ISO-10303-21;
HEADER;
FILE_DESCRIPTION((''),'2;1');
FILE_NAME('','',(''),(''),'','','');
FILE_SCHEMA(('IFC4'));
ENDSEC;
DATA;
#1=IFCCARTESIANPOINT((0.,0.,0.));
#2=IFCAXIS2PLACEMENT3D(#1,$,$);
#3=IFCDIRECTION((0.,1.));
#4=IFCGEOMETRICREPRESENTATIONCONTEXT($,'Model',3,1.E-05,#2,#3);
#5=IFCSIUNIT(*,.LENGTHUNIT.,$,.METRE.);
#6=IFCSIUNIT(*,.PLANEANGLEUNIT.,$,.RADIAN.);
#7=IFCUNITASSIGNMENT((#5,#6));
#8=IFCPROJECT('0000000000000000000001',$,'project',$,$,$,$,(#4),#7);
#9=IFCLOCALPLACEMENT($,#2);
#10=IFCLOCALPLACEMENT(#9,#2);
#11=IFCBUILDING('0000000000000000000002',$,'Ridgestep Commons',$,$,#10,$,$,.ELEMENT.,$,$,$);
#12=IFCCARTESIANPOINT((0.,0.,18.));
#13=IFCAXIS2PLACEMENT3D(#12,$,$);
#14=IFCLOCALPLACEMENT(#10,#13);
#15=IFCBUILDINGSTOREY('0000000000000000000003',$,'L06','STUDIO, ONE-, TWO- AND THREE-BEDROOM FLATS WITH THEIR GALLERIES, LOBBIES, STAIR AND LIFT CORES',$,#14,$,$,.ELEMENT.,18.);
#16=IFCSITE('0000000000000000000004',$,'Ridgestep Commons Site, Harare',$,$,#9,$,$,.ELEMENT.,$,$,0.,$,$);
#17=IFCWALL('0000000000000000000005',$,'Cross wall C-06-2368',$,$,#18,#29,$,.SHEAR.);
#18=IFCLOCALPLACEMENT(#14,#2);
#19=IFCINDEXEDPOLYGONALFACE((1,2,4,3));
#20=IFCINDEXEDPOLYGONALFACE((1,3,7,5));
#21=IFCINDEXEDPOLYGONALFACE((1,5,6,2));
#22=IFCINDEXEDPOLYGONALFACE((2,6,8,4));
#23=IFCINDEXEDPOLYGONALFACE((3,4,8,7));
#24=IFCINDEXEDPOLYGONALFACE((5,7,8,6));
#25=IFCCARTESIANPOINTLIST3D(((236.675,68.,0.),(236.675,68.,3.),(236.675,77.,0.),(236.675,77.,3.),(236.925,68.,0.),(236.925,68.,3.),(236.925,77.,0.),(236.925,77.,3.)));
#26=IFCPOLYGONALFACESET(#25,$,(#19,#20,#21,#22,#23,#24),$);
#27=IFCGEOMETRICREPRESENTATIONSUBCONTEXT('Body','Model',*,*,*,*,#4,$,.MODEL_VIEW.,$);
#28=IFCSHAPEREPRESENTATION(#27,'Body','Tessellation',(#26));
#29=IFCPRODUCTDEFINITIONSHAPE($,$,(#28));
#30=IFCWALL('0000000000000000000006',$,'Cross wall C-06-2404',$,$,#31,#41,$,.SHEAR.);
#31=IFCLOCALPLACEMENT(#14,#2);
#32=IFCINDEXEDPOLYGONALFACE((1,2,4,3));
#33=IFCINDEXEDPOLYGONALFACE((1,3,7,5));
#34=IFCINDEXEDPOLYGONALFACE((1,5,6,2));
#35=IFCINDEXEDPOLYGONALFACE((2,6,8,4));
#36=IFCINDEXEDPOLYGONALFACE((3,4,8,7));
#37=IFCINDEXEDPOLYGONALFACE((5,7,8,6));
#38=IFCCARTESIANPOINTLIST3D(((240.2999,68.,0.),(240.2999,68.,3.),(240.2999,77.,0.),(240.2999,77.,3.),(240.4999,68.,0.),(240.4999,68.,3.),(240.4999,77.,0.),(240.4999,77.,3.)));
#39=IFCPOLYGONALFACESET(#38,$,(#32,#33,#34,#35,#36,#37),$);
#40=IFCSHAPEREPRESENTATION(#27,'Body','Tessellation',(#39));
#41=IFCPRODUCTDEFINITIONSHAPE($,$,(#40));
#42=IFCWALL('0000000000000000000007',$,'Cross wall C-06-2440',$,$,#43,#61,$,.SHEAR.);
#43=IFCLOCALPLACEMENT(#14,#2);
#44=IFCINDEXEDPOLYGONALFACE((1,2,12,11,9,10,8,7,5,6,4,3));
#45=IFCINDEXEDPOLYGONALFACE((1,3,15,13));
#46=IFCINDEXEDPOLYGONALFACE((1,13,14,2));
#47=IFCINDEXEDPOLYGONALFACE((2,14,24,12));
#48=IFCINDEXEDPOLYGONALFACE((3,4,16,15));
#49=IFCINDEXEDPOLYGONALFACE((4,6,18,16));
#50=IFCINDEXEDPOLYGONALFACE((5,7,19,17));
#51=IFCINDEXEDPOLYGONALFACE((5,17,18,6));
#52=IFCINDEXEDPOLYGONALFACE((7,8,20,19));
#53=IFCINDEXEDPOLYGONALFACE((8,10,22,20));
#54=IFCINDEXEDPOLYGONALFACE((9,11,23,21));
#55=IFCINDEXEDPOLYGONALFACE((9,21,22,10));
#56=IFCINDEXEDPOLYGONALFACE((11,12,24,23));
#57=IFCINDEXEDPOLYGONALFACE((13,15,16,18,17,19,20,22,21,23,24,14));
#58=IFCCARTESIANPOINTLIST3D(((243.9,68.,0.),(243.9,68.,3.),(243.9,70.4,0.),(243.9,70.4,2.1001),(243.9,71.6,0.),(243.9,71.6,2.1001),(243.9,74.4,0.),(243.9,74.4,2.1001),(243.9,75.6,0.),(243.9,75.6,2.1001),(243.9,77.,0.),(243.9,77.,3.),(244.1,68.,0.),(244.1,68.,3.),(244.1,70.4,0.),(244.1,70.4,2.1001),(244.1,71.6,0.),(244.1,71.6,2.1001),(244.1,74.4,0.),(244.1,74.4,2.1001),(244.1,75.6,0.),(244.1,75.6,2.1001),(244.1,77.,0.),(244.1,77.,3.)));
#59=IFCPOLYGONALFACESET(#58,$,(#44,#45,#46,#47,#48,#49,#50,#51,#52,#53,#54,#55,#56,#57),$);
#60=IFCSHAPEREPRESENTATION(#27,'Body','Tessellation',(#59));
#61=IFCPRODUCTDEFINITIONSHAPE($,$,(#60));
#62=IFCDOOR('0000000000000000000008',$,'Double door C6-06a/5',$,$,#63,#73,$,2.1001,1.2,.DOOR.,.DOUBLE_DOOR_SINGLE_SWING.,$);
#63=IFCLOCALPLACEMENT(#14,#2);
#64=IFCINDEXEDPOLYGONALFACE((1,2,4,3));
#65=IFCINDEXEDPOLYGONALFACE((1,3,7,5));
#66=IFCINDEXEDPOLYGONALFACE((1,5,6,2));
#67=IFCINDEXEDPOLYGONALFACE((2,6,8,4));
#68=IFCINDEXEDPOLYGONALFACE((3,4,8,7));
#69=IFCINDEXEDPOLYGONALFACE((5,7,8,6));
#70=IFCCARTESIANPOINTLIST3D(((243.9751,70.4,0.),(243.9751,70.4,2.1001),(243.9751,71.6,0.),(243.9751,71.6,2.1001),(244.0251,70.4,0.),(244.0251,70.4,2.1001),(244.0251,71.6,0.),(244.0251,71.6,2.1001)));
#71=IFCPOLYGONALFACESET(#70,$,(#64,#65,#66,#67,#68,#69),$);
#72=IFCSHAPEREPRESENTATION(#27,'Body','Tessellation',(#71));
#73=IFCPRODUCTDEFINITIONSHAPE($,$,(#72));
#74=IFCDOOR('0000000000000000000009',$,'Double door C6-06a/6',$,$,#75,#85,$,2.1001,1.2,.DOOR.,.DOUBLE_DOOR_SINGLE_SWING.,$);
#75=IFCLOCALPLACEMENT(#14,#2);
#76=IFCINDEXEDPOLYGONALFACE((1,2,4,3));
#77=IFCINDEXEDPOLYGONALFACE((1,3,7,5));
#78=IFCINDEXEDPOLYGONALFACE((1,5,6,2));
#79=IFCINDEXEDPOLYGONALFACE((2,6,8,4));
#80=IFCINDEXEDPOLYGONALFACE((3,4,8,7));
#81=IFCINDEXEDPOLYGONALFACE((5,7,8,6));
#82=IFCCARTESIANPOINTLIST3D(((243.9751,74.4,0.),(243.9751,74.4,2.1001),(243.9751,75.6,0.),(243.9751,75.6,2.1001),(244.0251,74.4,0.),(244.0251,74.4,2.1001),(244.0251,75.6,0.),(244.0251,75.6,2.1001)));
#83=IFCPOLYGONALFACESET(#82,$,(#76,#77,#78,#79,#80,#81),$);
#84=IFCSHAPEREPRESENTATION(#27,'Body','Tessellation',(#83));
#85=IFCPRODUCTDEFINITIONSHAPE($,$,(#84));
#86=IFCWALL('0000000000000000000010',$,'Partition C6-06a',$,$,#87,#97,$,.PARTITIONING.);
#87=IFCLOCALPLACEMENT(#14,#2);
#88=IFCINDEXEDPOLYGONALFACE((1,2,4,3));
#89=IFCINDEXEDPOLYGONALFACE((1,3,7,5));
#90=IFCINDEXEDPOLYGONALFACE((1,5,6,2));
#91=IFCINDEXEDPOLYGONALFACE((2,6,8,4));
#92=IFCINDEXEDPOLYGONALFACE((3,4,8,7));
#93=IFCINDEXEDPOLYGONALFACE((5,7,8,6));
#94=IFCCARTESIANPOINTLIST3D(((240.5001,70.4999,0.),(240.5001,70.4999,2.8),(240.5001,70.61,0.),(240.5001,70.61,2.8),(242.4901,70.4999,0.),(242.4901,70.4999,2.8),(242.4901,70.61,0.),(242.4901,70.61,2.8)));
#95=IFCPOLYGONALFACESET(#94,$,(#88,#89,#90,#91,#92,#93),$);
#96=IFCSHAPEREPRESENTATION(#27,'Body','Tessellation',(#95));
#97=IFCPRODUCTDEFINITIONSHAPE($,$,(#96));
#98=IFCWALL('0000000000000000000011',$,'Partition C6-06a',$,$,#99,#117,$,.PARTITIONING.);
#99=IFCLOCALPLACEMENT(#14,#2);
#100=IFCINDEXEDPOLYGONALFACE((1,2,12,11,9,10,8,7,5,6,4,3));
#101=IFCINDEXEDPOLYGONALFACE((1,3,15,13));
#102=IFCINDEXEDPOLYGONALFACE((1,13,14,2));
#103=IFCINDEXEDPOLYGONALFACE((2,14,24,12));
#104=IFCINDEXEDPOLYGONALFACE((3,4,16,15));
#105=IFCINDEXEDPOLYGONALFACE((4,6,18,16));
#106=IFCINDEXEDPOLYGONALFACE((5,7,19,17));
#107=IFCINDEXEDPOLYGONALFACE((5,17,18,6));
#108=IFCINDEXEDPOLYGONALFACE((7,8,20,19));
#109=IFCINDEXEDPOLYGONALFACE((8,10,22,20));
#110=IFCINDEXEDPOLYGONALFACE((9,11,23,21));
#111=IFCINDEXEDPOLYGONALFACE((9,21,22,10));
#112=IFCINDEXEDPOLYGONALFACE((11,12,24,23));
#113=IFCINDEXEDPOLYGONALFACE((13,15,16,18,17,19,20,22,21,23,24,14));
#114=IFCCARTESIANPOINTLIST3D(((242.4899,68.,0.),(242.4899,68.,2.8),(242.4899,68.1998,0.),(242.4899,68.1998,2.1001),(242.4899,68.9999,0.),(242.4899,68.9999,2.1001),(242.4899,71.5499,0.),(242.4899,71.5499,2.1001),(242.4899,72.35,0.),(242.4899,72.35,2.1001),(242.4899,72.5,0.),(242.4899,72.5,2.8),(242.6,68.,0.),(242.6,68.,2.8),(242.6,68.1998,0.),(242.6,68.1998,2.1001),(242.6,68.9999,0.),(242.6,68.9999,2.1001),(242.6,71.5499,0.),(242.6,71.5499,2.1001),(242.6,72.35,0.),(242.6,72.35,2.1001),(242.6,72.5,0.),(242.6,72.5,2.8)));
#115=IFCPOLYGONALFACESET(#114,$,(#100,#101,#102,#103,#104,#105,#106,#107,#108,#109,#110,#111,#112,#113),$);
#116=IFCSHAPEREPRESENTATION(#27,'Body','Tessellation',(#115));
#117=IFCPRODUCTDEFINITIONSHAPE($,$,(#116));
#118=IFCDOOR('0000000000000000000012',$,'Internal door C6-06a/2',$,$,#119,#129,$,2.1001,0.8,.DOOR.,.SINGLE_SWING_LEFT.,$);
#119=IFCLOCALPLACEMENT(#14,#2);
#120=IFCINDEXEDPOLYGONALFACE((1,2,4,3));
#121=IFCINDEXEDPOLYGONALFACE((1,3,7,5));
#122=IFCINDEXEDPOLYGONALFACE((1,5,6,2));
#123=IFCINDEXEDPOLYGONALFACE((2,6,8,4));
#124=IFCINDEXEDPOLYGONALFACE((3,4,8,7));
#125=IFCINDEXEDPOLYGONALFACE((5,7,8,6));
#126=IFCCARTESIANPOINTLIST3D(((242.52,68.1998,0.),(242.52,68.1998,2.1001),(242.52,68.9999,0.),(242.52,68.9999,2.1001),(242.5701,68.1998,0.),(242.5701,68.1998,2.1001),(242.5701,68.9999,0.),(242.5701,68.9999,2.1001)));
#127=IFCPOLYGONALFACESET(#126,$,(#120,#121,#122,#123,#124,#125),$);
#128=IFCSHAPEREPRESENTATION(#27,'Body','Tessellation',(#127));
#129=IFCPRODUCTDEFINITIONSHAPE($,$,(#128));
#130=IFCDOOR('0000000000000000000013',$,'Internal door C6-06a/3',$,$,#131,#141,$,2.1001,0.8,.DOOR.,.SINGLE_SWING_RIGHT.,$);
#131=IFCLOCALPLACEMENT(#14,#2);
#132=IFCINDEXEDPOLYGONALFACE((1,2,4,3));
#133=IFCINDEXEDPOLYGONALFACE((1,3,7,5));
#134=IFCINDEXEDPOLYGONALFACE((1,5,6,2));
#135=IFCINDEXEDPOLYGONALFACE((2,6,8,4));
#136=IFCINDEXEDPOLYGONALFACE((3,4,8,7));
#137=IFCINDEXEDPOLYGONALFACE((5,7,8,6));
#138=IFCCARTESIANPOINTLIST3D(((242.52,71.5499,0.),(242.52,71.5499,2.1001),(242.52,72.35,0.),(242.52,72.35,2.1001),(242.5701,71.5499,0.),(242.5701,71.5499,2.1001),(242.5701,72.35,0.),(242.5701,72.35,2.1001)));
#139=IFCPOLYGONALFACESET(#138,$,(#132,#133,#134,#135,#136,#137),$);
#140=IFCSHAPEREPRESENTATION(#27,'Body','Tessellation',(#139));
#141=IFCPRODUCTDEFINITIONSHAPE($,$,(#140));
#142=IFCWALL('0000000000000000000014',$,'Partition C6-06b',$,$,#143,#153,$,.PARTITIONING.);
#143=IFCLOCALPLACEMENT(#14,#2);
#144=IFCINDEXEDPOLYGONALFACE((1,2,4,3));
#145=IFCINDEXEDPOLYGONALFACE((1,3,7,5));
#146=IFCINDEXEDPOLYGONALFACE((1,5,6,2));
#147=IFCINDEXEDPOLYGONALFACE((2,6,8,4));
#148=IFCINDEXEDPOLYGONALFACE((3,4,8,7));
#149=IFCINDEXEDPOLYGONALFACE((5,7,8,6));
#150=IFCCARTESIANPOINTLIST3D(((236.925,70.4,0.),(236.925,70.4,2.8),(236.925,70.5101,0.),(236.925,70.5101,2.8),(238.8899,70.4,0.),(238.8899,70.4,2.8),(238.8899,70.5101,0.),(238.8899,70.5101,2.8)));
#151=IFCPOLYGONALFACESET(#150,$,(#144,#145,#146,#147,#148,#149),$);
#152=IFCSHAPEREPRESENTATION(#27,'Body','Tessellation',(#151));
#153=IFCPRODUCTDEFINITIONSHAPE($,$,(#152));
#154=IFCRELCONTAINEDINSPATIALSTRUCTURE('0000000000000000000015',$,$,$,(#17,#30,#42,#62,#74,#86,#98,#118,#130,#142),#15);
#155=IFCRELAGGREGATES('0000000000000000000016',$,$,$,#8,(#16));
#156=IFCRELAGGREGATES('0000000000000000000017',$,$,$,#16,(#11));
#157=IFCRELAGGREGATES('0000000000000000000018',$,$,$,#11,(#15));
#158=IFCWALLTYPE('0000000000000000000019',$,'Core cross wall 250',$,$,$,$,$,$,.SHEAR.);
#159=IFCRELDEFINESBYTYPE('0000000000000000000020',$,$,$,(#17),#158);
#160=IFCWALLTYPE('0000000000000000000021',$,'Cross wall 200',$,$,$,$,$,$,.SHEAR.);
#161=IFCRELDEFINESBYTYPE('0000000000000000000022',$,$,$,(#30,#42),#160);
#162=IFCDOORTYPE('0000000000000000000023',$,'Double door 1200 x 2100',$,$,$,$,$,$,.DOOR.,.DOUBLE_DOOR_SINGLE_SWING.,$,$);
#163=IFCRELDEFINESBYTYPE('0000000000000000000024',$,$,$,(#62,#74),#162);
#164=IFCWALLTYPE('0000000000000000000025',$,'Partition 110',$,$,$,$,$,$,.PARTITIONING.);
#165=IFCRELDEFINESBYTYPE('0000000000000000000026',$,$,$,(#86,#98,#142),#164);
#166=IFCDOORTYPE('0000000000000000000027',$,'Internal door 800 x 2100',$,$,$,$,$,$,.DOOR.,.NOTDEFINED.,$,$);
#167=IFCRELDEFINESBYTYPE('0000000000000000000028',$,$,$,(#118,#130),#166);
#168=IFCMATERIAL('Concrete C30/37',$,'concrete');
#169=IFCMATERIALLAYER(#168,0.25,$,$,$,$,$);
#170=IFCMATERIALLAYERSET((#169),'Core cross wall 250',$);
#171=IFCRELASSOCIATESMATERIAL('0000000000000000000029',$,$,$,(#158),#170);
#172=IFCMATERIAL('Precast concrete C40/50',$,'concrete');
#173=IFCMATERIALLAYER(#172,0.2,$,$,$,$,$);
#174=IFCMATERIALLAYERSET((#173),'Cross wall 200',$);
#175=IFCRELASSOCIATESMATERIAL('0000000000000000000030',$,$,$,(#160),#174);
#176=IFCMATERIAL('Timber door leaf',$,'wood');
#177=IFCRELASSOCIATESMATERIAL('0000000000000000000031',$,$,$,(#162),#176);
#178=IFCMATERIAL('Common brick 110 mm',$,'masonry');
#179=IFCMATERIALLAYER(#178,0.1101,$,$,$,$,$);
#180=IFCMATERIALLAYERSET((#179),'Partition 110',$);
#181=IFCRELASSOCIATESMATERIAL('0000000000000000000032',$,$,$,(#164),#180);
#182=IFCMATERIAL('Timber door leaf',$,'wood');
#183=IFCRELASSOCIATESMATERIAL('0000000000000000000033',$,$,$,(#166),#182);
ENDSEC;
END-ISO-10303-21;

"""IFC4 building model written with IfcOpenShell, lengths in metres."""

from ifc_helpers import new_model, si_unit, direction, frame, frame_2d, origin, place, context, subcontext, project, spatial, rectangle, extrude, material, layer, layer_set, type_object, element, fill, save


model = new_model("IFC4")

# Units and contexts
model_context = context("Model", 3, precision=1e-05, world=origin(), true_north=direction((0.0, 1.0)))
body_context = subcontext(model_context, "Body", "Model", "MODEL_VIEW")
ifc_project = project(units=[si_unit("LENGTHUNIT", "METRE"), si_unit("PLANEANGLEUNIT", "RADIAN")], contexts=[model_context])

# Site, building, storey
site_placement = place(None, origin())
site = spatial("IfcSite", under=ifc_project, at=site_placement, Name="Ridgestep Commons Site, Harare", CompositionType="ELEMENT", RefElevation=0.0)
building_placement = place(site_placement, origin())
building = spatial("IfcBuilding", under=site, at=building_placement, Name="Ridgestep Commons", CompositionType="ELEMENT")
storey_placement = place(building_placement, frame((0.0, 0.0, 18.0)))
storey = spatial("IfcBuildingStorey", under=building, at=storey_placement, Name="L06", Description="STUDIO, ONE-, TWO- AND THREE-BEDROOM FLATS WITH THEIR GALLERIES, LOBBIES, STAIR AND LIFT CORES", CompositionType="ELEMENT", Elevation=18.0)

# Walls
ifc_material_1 = material(Name="Concrete C30/37", Category="concrete")
ifc_layer_1 = layer(ifc_material_1, 0.25)
ifc_layer_set_1 = layer_set([ifc_layer_1], Name="Core cross wall 250")
wall_type_1 = type_object("IfcWallType", Name="Core cross wall 250", PredefinedType="SHEAR", material=ifc_layer_set_1)
wall_1_placement = place(storey_placement, frame((236.8, 68.0, 0.0), z_axis=(0.0, 0.0, 1.0), x_axis=(0.0, 1.0, 0.0)))
element("IfcWall", 1, at=wall_1_placement, inside=storey, type_object=wall_type_1, Name="Cross wall C-06-2368", PredefinedType="SHEAR", context=body_context, shape_type="SweptSolid", body=[
    extrude(rectangle(XDim=9.0, YDim=0.25, at=frame_2d((4.5, 0.0))), origin(), (0.0, 0.0, 1.0), 3.0),
])
ifc_material_2 = material(Name="Precast concrete C40/50", Category="concrete")
ifc_layer_2 = layer(ifc_material_2, 0.2)
ifc_layer_set_2 = layer_set([ifc_layer_2], Name="Cross wall 200")
wall_type_2 = type_object("IfcWallType", Name="Cross wall 200", PredefinedType="SHEAR", material=ifc_layer_set_2)
wall_2_placement = place(storey_placement, frame((240.3999, 68.0, 0.0), z_axis=(0.0, 0.0, 1.0), x_axis=(0.0, 1.0, 0.0)))
element("IfcWall", 2, at=wall_2_placement, inside=storey, type_object=wall_type_2, Name="Cross wall C-06-2404", PredefinedType="SHEAR", context=body_context, shape_type="SweptSolid", body=[
    extrude(rectangle(XDim=9.0, YDim=0.2, at=frame_2d((4.5, 0.0))), origin(), (0.0, 0.0, 1.0), 3.0),
])

# Wall, openings, doors
wall_3_placement = place(storey_placement, frame((244.0, 68.0, 0.0), z_axis=(0.0, 0.0, 1.0), x_axis=(0.0, 1.0, 0.0)))
wall_3 = element("IfcWall", 3, at=wall_3_placement, inside=storey, type_object=wall_type_2, Name="Cross wall C-06-2440", PredefinedType="SHEAR", context=body_context, shape_type="SweptSolid", body=[
    extrude(rectangle(XDim=9.0, YDim=0.2, at=frame_2d((4.5, 0.0))), origin(), (0.0, 0.0, 1.0), 3.0),
])
opening_1_placement = place(wall_3_placement, frame((2.3999, 0.0, 0.0)))
opening_1 = element("IfcOpeningElement", 4, at=opening_1_placement, cuts=wall_3, PredefinedType="OPENING", context=body_context, shape_type="SweptSolid", body=[
    extrude(rectangle(XDim=1.2, YDim=2.1001, at=frame_2d((0.6001, 1.05))), frame((0.0, 0.1099, 0.0), z_axis=(0.0, -1.0, 0.0), x_axis=(1.0, 0.0, 0.0)), (0.0, 0.0, 1.0), 0.22),
])
opening_2_placement = place(wall_3_placement, frame((6.3999, 0.0, 0.0)))
opening_2 = element("IfcOpeningElement", 5, at=opening_2_placement, cuts=wall_3, PredefinedType="OPENING", context=body_context, shape_type="SweptSolid", body=[
    extrude(rectangle(XDim=1.2, YDim=2.1001, at=frame_2d((0.6001, 1.05))), frame((0.0, 0.1099, 0.0), z_axis=(0.0, -1.0, 0.0), x_axis=(1.0, 0.0, 0.0)), (0.0, 0.0, 1.0), 0.22),
])
ifc_material_3 = material(Name="Timber door leaf", Category="wood")
door_type_1 = type_object("IfcDoorType", Name="Double door 1200 x 2100", OperationType="DOUBLE_DOOR_SINGLE_SWING", PredefinedType="DOOR", material=ifc_material_3)
door_1_placement = place(opening_1_placement, origin())
door_1 = element("IfcDoor", 6, at=door_1_placement, inside=storey, type_object=door_type_1, Name="Double door C6-06a/5", OperationType="DOUBLE_DOOR_SINGLE_SWING", OverallHeight=2.1001, OverallWidth=1.2, PredefinedType="DOOR", context=body_context, shape_type="SweptSolid", body=[
    extrude(rectangle(XDim=1.2, YDim=2.1001, at=frame_2d((0.6001, 1.05))), frame((0.0, 0.0249, 0.0), z_axis=(0.0, -1.0, 0.0), x_axis=(1.0, 0.0, 0.0)), (0.0, 0.0, 1.0), 0.05),
])
fill(opening_1, door_1)
door_2_placement = place(opening_2_placement, origin())
door_2 = element("IfcDoor", 7, at=door_2_placement, inside=storey, type_object=door_type_1, Name="Double door C6-06a/6", OperationType="DOUBLE_DOOR_SINGLE_SWING", OverallHeight=2.1001, OverallWidth=1.2, PredefinedType="DOOR", context=body_context, shape_type="SweptSolid", body=[
    extrude(rectangle(XDim=1.2, YDim=2.1001, at=frame_2d((0.6001, 1.05))), frame((0.0, 0.0249, 0.0), z_axis=(0.0, -1.0, 0.0), x_axis=(1.0, 0.0, 0.0)), (0.0, 0.0, 1.0), 0.05),
])
fill(opening_2, door_2)

# Wall
ifc_material_4 = material(Name="Common brick 110 mm", Category="masonry")
ifc_layer_3 = layer(ifc_material_4, 0.1101)
ifc_layer_set_3 = layer_set([ifc_layer_3], Name="Partition 110")
wall_type_3 = type_object("IfcWallType", Name="Partition 110", PredefinedType="PARTITIONING", material=ifc_layer_set_3)
wall_4_placement = place(storey_placement, frame((240.5, 70.5549, 0.0), z_axis=(0.0, 0.0, 1.0), x_axis=(1.0, 0.0, 0.0)))
element("IfcWall", 8, at=wall_4_placement, inside=storey, type_object=wall_type_3, Name="Partition C6-06a", PredefinedType="PARTITIONING", context=body_context, shape_type="SweptSolid", body=[
    extrude(rectangle(XDim=1.99, YDim=0.1101, at=frame_2d((0.9951, 0.0))), origin(), (0.0, 0.0, 1.0), 2.8),
])

# Wall, openings, doors
wall_5_placement = place(storey_placement, frame((242.5449, 68.0, 0.0), z_axis=(0.0, 0.0, 1.0), x_axis=(0.0, 1.0, 0.0)))
wall_5 = element("IfcWall", 9, at=wall_5_placement, inside=storey, type_object=wall_type_3, Name="Partition C6-06a", PredefinedType="PARTITIONING", context=body_context, shape_type="SweptSolid", body=[
    extrude(rectangle(XDim=4.5, YDim=0.1101, at=frame_2d((2.25, 0.0))), origin(), (0.0, 0.0, 1.0), 2.8),
])
opening_3_placement = place(wall_5_placement, frame((0.2, 0.0, 0.0)))
opening_3 = element("IfcOpeningElement", 10, at=opening_3_placement, cuts=wall_5, PredefinedType="OPENING", context=body_context, shape_type="SweptSolid", body=[
    extrude(rectangle(XDim=0.8, YDim=2.1001, at=frame_2d((0.3999, 1.05))), frame((0.0, 0.0649, 0.0), z_axis=(0.0, -1.0, 0.0), x_axis=(1.0, 0.0, 0.0)), (0.0, 0.0, 1.0), 0.1301),
])
opening_4_placement = place(wall_5_placement, frame((3.55, 0.0, 0.0)))
opening_4 = element("IfcOpeningElement", 11, at=opening_4_placement, cuts=wall_5, PredefinedType="OPENING", context=body_context, shape_type="SweptSolid", body=[
    extrude(rectangle(XDim=0.8, YDim=2.1001, at=frame_2d((0.3999, 1.05))), frame((0.0, 0.0649, 0.0), z_axis=(0.0, -1.0, 0.0), x_axis=(1.0, 0.0, 0.0)), (0.0, 0.0, 1.0), 0.1301),
])
ifc_material_5 = material(Name="Timber door leaf", Category="wood")
door_type_2 = type_object("IfcDoorType", Name="Internal door 800 x 2100", OperationType="NOTDEFINED", PredefinedType="DOOR", material=ifc_material_5)
door_3_placement = place(opening_3_placement, origin())
door_3 = element("IfcDoor", 12, at=door_3_placement, inside=storey, type_object=door_type_2, Name="Internal door C6-06a/2", OperationType="SINGLE_SWING_LEFT", OverallHeight=2.1001, OverallWidth=0.8, PredefinedType="DOOR", context=body_context, shape_type="SweptSolid", body=[
    extrude(rectangle(XDim=0.8, YDim=2.1001, at=frame_2d((0.3999, 1.05))), frame((0.0, 0.0249, 0.0), z_axis=(0.0, -1.0, 0.0), x_axis=(1.0, 0.0, 0.0)), (0.0, 0.0, 1.0), 0.05),
])
fill(opening_3, door_3)
door_4_placement = place(opening_4_placement, origin())
door_4 = element("IfcDoor", 13, at=door_4_placement, inside=storey, type_object=door_type_2, Name="Internal door C6-06a/3", OperationType="SINGLE_SWING_RIGHT", OverallHeight=2.1001, OverallWidth=0.8, PredefinedType="DOOR", context=body_context, shape_type="SweptSolid", body=[
    extrude(rectangle(XDim=0.8, YDim=2.1001, at=frame_2d((0.3999, 1.05))), frame((0.0, 0.0249, 0.0), z_axis=(0.0, -1.0, 0.0), x_axis=(1.0, 0.0, 0.0)), (0.0, 0.0, 1.0), 0.05),
])
fill(opening_4, door_4)

# Wall
wall_6_placement = place(storey_placement, frame((236.925, 70.4551, 0.0), z_axis=(0.0, 0.0, 1.0), x_axis=(1.0, 0.0, 0.0)))
element("IfcWall", 14, at=wall_6_placement, inside=storey, type_object=wall_type_3, Name="Partition C6-06b", PredefinedType="PARTITIONING", context=body_context, shape_type="SweptSolid", body=[
    extrude(rectangle(XDim=1.9648, YDim=0.1101, at=frame_2d((0.9824, 0.0))), origin(), (0.0, 0.0, 1.0), 2.8),
])

save(model, "model.ifc")
